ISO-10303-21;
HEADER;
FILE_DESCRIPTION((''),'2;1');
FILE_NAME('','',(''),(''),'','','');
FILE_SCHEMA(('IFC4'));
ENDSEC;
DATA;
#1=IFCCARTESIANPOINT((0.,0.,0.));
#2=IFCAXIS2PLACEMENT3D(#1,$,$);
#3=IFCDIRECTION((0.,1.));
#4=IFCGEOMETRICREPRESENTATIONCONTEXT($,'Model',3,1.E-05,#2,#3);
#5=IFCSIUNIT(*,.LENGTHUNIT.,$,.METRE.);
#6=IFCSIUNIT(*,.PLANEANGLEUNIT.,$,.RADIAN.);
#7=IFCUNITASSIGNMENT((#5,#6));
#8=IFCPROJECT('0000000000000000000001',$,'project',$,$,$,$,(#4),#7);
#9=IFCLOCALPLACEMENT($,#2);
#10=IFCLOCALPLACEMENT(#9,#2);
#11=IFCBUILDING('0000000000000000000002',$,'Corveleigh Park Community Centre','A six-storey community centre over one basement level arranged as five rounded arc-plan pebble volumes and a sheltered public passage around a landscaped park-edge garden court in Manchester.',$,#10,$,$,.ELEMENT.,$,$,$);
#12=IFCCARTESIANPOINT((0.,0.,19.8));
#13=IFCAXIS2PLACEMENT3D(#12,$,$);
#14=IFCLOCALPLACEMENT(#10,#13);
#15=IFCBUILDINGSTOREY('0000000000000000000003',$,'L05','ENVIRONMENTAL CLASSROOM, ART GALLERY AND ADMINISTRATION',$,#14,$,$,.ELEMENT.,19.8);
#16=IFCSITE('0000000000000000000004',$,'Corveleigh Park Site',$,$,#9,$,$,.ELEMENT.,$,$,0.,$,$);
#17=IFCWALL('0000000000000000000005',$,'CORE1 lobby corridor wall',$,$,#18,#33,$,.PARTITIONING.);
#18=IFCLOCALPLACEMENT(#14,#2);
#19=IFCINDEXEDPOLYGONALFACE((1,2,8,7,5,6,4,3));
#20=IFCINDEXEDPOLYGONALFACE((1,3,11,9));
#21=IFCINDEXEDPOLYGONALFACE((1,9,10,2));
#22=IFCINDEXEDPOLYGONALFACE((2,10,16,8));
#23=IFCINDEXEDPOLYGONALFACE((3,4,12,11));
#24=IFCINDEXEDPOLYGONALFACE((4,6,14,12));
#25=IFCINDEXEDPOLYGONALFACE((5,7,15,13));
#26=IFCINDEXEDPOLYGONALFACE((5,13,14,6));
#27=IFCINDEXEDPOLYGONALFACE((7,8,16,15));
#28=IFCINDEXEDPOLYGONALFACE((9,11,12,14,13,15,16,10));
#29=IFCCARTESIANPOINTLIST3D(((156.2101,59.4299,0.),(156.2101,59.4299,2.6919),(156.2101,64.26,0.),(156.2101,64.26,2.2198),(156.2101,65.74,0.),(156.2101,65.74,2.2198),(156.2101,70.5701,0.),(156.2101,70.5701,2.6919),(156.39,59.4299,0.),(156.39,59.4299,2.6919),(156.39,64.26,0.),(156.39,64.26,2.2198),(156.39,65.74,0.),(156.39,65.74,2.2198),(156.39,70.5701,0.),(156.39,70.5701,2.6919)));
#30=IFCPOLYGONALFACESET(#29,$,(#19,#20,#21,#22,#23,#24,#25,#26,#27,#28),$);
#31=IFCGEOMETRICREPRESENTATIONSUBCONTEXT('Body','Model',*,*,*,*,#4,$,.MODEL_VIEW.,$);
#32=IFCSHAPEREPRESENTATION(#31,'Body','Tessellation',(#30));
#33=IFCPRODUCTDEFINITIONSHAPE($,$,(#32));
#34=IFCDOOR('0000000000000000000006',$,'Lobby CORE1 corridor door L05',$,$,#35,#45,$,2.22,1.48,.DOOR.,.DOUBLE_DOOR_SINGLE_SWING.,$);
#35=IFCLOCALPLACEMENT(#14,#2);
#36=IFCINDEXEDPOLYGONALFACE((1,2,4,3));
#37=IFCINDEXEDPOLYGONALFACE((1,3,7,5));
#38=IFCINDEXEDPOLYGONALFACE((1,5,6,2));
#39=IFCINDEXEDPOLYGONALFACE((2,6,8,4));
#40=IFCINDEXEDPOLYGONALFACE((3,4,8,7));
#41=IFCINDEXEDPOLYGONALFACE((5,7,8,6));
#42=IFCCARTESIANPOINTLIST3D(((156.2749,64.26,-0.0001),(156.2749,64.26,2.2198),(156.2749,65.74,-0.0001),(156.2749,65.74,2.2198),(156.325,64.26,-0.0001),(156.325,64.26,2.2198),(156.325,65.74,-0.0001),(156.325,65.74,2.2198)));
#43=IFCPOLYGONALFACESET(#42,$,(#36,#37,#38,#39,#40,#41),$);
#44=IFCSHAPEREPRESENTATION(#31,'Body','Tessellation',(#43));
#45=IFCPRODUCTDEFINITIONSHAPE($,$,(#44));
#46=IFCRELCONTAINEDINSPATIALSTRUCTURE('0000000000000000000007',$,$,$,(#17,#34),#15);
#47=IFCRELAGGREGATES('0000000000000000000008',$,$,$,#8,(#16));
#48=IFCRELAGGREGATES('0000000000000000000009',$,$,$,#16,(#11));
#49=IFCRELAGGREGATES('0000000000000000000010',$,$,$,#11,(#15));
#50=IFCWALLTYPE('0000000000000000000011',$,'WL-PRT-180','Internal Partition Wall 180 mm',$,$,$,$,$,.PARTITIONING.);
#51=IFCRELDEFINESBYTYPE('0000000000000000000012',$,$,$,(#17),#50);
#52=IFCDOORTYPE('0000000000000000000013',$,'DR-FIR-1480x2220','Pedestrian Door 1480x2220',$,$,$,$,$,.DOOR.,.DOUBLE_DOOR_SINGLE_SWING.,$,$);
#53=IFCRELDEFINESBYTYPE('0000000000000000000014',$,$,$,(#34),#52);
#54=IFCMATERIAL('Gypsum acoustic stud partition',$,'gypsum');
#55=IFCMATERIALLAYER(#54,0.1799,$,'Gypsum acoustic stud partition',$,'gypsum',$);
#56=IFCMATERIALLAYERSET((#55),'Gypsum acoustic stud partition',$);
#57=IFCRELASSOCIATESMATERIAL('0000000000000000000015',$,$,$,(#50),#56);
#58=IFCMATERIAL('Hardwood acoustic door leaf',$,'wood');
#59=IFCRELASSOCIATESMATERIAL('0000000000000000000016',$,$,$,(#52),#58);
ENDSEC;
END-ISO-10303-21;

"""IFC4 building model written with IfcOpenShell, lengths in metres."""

from ifc_helpers import new_model, si_unit, direction, frame, frame_2d, origin, place, context, subcontext, project, spatial, rectangle, extrude, material, layer, layer_set, type_object, element, fill, save


model = new_model("IFC4")

# Units and contexts
model_context = context("Model", 3, precision=1e-05, world=origin(), true_north=direction((0.0, 1.0)))
body_context = subcontext(model_context, "Body", "Model", "MODEL_VIEW")
ifc_project = project(units=[si_unit("LENGTHUNIT", "METRE"), si_unit("PLANEANGLEUNIT", "RADIAN")], contexts=[model_context])

# Site, building, storey
site_placement = place(None, origin())
site = spatial("IfcSite", under=ifc_project, at=site_placement, Name="Corveleigh Park Site", CompositionType="ELEMENT", RefElevation=0.0)
building_placement = place(site_placement, origin())
building = spatial("IfcBuilding", under=site, at=building_placement, Name="Corveleigh Park Community Centre", Description="A six-storey community centre over one basement level arranged as five rounded arc-plan pebble volumes and a sheltered public passage around a landscaped park-edge garden court in Manchester.", CompositionType="ELEMENT")
storey_placement = place(building_placement, frame((0.0, 0.0, 19.8)))
storey = spatial("IfcBuildingStorey", under=building, at=storey_placement, Name="L05", Description="ENVIRONMENTAL CLASSROOM, ART GALLERY AND ADMINISTRATION", CompositionType="ELEMENT", Elevation=19.8)

# Shared definitions
ifc_material_1 = material(Name="Gypsum acoustic stud partition", Category="gypsum")
ifc_material_2 = material(Name="Hardwood acoustic door leaf", Category="wood")

# Shared definitions
ifc_layer_1 = layer(ifc_material_1, 0.1799, Name="Gypsum acoustic stud partition", Category="gypsum")
ifc_layer_set_1 = layer_set([ifc_layer_1], Name="Gypsum acoustic stud partition")
wall_type_1 = type_object("IfcWallType", Name="WL-PRT-180", Description="Internal Partition Wall 180 mm", PredefinedType="PARTITIONING", material=ifc_layer_set_1)

# Wall, opening, door
wall_1_placement = place(storey_placement, frame((156.3, 70.5701, 0.0), z_axis=(0.0, 0.0, 1.0), x_axis=(0.0, -1.0, 0.0)))
wall_1 = element("IfcWall", 1, at=wall_1_placement, inside=storey, type_object=wall_type_1, Name="CORE1 lobby corridor wall", PredefinedType="PARTITIONING", context=body_context, shape_type="SweptSolid", body=[
    extrude(rectangle(XDim=11.1401, YDim=0.1799, at=frame_2d((5.5701, 0.0))), origin(), (0.0, 0.0, 1.0), 2.6919),
])
opening_1_placement = place(wall_1_placement, frame((4.8301, 0.0, 0.0)))
opening_1 = element("IfcOpeningElement", 2, at=opening_1_placement, cuts=wall_1, PredefinedType="OPENING", context=body_context, shape_type="SweptSolid", body=[
    extrude(rectangle(XDim=1.48, YDim=2.22, at=frame_2d((0.74, 1.1099))), frame((0.0, 0.0999, 0.0), z_axis=(0.0, -1.0, 0.0), x_axis=(1.0, 0.0, 0.0)), (0.0, 0.0, 1.0), 0.2),
])
door_type_1 = type_object("IfcDoorType", Name="DR-FIR-1480x2220", Description="Pedestrian Door 1480x2220", OperationType="DOUBLE_DOOR_SINGLE_SWING", PredefinedType="DOOR", material=ifc_material_2)
door_1_placement = place(opening_1_placement, origin())
door_1 = element("IfcDoor", 3, at=door_1_placement, inside=storey, type_object=door_type_1, Name="Lobby CORE1 corridor door L05", OperationType="DOUBLE_DOOR_SINGLE_SWING", OverallHeight=2.22, OverallWidth=1.48, PredefinedType="DOOR", context=body_context, shape_type="SweptSolid", body=[
    extrude(rectangle(XDim=1.48, YDim=2.22, at=frame_2d((0.74, 1.1099))), frame((0.0, 0.0249, 0.0), z_axis=(0.0, -1.0, 0.0), x_axis=(1.0, 0.0, 0.0)), (0.0, 0.0, 1.0), 0.05),
])
fill(opening_1, door_1)

save(model, "model.ifc")
